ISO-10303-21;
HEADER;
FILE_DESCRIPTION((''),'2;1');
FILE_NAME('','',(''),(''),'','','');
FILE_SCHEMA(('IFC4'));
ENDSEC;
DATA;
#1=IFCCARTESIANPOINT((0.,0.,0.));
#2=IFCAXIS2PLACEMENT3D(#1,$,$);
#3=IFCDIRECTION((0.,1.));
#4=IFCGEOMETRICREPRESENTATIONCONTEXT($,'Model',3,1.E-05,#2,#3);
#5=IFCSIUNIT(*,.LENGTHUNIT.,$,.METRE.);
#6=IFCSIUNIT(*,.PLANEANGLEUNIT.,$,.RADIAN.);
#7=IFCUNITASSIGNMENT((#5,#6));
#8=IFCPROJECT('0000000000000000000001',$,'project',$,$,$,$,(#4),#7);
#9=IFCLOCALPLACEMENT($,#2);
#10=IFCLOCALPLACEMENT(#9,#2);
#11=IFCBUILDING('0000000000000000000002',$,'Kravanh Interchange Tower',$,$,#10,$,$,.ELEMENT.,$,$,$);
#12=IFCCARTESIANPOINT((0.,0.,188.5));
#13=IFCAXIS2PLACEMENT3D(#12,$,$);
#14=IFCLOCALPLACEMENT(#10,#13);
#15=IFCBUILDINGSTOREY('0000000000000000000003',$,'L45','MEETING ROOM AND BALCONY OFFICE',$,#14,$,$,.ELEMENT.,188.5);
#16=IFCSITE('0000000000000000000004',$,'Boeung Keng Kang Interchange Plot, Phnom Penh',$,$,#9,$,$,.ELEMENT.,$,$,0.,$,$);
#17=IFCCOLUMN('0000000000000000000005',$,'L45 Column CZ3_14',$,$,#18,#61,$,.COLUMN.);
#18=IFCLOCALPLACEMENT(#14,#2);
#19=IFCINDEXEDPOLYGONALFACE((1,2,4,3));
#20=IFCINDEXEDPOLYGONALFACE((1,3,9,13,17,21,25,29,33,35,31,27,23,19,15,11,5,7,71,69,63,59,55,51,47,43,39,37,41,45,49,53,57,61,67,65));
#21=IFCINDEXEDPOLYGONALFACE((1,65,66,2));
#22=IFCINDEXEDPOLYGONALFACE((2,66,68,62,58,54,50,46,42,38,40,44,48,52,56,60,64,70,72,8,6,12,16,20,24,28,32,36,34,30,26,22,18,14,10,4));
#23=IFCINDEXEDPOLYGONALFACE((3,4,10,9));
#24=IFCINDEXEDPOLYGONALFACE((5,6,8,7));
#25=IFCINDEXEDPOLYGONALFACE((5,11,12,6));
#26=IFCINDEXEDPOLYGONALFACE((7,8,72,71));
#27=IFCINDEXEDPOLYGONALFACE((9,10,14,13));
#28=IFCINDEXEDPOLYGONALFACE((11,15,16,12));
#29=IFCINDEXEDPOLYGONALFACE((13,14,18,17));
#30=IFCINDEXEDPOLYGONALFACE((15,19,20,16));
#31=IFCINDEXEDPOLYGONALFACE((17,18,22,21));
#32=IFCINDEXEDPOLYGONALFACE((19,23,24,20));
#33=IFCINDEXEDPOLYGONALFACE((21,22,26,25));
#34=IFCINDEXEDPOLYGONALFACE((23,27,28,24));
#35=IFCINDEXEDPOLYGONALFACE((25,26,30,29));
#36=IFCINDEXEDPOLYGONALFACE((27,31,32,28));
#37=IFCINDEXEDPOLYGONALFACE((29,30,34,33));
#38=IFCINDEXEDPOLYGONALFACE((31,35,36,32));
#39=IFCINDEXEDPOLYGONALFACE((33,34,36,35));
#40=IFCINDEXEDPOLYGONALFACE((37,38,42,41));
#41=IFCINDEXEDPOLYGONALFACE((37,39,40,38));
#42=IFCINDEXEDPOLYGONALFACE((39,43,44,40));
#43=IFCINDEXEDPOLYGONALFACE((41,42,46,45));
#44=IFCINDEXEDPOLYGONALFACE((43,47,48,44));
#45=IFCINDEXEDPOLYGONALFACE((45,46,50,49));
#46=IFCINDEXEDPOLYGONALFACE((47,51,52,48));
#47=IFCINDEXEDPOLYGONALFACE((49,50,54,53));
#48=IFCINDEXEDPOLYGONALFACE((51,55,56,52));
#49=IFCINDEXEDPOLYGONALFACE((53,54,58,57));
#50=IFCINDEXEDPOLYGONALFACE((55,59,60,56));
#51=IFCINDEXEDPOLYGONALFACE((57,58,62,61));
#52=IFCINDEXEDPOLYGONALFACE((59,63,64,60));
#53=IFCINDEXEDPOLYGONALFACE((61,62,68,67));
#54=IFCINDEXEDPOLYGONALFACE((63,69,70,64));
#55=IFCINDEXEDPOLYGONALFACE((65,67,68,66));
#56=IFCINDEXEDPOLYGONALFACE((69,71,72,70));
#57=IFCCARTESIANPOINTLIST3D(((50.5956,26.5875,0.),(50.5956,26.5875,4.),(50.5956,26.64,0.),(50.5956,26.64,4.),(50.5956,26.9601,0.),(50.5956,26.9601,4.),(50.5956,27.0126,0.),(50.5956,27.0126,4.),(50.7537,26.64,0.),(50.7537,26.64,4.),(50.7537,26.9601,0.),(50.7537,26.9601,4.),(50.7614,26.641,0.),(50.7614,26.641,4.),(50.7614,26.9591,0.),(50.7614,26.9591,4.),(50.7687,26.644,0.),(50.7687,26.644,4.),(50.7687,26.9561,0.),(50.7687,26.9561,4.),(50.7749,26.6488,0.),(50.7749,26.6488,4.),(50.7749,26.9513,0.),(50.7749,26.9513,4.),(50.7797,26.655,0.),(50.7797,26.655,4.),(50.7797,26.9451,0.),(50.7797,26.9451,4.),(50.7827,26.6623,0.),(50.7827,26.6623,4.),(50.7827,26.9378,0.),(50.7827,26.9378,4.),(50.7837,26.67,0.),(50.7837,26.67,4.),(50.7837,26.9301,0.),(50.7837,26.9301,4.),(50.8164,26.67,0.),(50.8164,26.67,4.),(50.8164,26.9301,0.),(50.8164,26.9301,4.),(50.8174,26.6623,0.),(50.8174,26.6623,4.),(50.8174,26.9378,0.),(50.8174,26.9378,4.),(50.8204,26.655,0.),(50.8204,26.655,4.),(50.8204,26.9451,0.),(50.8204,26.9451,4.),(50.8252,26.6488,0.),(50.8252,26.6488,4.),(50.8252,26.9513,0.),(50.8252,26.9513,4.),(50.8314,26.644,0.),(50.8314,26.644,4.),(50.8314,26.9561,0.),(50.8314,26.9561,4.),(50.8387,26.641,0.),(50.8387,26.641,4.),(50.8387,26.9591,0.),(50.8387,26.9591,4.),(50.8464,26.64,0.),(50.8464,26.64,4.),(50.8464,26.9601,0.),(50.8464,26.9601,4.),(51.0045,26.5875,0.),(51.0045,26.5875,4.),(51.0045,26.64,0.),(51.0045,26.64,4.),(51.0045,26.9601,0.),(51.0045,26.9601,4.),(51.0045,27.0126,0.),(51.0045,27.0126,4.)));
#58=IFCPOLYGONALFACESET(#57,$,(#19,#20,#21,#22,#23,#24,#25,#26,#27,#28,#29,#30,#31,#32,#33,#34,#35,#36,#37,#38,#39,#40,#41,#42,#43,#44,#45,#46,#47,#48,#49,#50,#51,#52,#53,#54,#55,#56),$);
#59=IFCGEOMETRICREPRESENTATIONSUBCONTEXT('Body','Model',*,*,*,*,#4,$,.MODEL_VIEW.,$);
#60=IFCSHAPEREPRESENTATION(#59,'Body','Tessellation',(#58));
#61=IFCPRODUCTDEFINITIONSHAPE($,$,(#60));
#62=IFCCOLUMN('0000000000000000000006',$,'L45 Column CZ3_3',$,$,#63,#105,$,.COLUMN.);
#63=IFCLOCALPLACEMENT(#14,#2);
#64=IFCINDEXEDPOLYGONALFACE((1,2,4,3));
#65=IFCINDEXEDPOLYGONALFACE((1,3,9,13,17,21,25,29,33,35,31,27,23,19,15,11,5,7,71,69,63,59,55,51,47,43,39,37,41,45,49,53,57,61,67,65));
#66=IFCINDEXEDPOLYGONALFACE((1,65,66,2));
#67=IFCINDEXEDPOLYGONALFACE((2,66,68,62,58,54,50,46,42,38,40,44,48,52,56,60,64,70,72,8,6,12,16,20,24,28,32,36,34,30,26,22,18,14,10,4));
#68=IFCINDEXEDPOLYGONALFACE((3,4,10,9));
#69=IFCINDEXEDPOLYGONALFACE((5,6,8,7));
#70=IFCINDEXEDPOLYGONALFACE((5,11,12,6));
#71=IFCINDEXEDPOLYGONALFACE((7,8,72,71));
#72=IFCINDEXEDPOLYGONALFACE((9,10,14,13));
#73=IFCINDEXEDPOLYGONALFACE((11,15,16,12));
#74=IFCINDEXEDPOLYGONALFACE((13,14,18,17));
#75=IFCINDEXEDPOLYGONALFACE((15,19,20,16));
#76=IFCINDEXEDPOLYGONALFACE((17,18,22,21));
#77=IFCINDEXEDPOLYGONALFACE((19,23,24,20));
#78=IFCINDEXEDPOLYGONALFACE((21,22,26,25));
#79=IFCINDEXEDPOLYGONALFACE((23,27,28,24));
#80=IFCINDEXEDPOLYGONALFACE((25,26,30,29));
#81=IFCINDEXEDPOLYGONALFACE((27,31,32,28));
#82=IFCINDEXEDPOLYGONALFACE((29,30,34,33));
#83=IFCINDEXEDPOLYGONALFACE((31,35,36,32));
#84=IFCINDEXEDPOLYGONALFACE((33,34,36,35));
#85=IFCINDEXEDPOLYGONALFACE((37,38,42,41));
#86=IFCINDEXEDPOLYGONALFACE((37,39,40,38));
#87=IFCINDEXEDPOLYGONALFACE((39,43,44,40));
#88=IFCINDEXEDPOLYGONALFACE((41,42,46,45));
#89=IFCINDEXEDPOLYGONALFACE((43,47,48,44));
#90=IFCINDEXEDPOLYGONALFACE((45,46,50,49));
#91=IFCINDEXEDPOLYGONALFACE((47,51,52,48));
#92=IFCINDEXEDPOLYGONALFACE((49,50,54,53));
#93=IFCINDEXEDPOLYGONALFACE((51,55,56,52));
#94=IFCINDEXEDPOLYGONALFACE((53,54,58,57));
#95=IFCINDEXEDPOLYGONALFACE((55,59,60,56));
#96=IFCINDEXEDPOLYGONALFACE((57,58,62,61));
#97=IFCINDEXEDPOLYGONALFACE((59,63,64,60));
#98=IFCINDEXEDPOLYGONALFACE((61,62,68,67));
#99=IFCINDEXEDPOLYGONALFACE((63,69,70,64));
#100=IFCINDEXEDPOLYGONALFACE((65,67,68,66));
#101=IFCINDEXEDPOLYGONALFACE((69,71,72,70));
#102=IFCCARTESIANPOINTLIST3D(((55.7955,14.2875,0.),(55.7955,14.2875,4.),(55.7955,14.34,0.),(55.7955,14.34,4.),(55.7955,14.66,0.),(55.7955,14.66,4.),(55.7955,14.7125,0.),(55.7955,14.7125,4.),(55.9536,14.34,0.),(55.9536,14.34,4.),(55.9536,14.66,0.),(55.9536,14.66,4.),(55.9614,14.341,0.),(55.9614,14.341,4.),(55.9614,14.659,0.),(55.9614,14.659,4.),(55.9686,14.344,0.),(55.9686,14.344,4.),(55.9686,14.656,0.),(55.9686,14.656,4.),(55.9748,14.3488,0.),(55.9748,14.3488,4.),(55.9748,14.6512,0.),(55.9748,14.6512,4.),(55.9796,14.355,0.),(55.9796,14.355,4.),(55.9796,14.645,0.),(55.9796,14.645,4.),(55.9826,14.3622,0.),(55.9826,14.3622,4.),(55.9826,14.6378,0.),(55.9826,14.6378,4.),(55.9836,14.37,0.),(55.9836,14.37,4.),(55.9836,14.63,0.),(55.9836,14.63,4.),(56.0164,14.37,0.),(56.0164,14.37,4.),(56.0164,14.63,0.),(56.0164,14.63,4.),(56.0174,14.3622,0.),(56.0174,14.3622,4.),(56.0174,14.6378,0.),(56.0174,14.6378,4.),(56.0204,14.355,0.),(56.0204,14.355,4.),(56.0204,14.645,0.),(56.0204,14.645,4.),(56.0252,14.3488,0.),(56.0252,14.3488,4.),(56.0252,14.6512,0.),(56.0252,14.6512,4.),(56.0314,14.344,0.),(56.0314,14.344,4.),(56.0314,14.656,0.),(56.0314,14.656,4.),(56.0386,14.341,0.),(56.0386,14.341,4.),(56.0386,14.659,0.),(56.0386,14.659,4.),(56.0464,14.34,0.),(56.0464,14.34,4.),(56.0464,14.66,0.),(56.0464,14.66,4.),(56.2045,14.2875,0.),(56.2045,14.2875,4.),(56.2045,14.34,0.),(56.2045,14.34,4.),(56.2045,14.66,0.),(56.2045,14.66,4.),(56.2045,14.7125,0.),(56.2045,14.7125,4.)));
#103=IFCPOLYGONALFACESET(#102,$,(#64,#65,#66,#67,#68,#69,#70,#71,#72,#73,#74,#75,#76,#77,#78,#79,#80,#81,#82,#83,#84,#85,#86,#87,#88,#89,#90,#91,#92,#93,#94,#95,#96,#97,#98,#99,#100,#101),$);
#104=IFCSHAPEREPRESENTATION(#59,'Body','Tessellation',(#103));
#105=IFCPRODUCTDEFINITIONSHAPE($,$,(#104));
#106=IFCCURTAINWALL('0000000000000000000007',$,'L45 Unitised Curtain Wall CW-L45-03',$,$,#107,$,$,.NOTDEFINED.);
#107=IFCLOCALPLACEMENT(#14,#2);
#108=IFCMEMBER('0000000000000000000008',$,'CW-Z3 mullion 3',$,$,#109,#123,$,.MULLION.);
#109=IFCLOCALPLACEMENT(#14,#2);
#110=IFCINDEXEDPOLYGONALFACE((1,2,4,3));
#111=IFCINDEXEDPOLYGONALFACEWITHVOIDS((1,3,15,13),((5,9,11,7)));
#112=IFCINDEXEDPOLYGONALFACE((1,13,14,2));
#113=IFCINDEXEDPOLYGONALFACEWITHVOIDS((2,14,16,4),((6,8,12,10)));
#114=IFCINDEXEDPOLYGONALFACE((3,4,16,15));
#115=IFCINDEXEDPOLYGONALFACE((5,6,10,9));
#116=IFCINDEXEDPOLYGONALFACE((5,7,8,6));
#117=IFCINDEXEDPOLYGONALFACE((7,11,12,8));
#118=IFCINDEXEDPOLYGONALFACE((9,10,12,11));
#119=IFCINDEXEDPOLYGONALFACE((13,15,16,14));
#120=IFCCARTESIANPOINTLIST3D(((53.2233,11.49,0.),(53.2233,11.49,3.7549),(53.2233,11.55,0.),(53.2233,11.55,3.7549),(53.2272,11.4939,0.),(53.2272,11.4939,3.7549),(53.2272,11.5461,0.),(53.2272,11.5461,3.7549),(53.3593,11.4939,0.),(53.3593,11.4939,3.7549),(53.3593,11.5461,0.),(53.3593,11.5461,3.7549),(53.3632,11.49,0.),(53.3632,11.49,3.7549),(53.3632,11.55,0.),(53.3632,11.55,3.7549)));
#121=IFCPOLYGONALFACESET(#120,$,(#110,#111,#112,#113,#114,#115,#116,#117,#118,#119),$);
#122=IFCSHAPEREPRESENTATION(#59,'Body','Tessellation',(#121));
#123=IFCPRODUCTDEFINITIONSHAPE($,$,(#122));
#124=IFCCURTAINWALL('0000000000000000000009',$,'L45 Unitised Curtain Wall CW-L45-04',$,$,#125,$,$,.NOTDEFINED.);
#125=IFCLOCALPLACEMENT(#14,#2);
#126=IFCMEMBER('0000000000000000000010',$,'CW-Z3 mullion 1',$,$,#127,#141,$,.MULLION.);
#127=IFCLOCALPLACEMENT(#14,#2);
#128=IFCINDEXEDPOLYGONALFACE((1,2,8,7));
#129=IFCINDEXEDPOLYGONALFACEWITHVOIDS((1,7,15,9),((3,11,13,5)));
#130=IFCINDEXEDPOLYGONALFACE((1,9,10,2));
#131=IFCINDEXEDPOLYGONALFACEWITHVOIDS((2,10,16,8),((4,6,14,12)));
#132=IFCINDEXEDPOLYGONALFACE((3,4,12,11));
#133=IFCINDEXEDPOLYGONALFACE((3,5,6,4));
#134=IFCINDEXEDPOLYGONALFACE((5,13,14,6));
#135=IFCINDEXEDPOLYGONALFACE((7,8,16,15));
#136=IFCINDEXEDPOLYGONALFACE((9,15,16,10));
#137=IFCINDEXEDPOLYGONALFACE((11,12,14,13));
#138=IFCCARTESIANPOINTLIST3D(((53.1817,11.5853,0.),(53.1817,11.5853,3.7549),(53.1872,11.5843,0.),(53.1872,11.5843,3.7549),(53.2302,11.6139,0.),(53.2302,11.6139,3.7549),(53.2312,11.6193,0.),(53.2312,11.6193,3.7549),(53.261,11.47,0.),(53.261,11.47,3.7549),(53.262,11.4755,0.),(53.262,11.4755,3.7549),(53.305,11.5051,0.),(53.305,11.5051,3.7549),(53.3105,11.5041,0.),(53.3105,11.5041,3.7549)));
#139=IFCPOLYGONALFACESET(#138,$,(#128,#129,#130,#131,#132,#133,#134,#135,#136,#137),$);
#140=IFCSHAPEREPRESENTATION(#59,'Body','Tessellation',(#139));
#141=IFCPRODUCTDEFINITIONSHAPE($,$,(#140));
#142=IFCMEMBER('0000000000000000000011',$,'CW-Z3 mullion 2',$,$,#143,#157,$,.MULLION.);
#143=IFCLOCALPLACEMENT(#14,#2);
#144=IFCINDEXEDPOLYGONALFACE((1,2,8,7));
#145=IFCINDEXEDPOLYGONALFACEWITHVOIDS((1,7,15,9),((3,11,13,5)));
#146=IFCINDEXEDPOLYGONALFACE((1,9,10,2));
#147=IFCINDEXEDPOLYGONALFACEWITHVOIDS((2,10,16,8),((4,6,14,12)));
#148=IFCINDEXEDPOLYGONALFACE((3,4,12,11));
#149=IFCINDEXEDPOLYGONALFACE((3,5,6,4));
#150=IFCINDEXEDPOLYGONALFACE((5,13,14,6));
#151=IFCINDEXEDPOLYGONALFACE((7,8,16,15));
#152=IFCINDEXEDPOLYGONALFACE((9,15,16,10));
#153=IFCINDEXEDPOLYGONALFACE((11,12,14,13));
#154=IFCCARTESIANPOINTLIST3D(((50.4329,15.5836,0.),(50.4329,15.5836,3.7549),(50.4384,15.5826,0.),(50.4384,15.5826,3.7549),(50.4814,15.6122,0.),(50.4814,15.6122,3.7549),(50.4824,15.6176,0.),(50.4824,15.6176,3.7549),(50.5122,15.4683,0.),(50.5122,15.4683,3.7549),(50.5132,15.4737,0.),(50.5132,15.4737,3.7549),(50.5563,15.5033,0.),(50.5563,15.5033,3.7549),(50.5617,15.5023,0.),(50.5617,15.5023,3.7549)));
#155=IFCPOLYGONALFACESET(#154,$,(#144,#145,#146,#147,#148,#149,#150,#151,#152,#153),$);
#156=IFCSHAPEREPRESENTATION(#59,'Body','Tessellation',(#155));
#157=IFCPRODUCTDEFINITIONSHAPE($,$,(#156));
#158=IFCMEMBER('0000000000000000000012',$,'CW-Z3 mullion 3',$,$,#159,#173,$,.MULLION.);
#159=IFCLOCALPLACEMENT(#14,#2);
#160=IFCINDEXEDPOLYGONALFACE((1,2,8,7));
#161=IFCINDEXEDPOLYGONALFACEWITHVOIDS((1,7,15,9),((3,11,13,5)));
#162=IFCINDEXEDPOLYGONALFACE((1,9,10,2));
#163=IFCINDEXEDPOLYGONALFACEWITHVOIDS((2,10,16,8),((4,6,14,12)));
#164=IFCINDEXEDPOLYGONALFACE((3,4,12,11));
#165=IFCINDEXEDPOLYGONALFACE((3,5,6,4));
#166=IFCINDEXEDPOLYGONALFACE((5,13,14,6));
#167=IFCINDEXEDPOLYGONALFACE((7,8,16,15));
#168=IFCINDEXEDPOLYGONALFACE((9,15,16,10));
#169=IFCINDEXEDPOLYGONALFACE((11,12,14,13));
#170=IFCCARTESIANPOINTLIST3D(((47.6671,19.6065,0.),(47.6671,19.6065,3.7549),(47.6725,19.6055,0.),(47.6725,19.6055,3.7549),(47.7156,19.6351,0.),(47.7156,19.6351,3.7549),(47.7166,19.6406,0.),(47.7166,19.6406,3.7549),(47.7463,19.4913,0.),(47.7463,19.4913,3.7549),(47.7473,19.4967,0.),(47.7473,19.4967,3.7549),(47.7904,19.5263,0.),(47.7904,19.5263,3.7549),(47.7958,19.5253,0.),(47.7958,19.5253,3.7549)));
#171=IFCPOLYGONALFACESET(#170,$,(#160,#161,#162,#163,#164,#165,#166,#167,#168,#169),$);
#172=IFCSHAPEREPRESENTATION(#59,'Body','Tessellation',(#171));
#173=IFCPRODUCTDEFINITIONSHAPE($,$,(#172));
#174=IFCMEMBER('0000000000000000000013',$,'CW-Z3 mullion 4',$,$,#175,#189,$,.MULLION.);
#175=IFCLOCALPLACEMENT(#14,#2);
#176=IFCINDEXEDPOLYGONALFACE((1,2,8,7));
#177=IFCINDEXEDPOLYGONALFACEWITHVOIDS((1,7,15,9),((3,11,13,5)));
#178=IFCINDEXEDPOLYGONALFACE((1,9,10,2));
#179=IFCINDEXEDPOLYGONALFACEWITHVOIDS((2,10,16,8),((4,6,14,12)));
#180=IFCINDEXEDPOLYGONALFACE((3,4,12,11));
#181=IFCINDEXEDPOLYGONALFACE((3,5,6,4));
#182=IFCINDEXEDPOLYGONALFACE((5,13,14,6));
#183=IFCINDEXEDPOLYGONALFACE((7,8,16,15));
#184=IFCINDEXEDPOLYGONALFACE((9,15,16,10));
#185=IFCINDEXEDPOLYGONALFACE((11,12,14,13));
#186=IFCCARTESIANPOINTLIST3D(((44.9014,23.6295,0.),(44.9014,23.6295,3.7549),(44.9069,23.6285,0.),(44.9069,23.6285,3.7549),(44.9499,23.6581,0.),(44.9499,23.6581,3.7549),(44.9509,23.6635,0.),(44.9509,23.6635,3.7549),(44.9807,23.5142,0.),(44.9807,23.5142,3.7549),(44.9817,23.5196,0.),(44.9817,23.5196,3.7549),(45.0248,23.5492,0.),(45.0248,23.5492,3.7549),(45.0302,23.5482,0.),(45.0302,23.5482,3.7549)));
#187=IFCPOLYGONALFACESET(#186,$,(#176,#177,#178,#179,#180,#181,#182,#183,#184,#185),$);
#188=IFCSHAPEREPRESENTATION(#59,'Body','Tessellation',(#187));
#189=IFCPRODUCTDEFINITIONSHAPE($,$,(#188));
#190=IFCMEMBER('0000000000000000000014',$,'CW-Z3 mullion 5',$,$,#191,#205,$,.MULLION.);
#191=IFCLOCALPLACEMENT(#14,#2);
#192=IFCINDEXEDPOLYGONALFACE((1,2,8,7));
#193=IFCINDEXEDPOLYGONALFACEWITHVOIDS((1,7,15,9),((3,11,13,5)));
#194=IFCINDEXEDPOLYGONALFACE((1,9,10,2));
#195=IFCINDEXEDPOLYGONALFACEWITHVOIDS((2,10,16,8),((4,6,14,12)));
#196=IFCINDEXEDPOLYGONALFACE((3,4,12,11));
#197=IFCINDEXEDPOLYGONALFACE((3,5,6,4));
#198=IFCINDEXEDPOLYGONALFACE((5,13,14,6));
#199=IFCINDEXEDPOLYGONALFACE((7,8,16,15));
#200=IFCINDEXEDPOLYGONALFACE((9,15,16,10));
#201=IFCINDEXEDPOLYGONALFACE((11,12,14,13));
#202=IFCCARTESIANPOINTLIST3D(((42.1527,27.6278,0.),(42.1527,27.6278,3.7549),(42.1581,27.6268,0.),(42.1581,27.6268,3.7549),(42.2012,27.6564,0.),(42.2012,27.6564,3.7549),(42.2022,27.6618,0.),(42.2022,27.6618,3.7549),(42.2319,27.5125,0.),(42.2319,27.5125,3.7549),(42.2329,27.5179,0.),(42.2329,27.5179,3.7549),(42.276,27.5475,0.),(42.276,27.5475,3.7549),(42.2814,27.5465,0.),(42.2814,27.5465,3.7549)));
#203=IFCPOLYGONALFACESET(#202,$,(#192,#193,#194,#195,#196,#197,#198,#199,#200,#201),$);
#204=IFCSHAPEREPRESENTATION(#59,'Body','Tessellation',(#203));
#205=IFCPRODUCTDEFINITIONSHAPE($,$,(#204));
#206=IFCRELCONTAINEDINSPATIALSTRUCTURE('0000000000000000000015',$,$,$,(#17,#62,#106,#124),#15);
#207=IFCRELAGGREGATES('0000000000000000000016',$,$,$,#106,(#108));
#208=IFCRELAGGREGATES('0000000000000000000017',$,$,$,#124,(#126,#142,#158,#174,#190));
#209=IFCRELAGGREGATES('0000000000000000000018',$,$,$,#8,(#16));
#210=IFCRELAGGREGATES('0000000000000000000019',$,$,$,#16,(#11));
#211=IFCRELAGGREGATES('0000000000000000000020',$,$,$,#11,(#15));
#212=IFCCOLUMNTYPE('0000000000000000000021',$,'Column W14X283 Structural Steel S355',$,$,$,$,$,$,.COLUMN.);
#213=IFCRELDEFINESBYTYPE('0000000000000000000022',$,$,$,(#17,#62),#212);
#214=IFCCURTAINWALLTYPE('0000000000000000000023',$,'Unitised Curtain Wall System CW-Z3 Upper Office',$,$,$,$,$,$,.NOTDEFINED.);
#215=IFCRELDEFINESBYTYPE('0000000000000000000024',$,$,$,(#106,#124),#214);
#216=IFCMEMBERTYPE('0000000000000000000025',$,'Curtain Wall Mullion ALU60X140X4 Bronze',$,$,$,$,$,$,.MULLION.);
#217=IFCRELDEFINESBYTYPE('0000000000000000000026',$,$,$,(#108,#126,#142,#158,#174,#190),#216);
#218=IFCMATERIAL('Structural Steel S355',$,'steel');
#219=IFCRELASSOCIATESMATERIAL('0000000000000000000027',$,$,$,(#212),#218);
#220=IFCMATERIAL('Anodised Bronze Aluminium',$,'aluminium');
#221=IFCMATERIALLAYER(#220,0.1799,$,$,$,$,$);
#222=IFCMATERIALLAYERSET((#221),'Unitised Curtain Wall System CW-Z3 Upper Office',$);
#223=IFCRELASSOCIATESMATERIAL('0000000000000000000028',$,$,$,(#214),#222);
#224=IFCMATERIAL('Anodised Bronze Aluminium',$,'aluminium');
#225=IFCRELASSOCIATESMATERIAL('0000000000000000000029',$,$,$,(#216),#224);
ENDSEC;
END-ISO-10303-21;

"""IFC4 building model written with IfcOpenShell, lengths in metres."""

from ifc_helpers import new_model, si_unit, direction, frame, origin, origin_2d, place, context, subcontext, project, spatial, hollow_rectangle, i_section, extrude, material, layer, layer_set, material_profile, profile_set, type_object, element, aggregate, save


model = new_model("IFC4")

# Units and contexts
model_context = context("Model", 3, precision=1e-05, world=origin(), true_north=direction((0.0, 1.0)))
body_context = subcontext(model_context, "Body", "Model", "MODEL_VIEW")
ifc_project = project(units=[si_unit("LENGTHUNIT", "METRE"), si_unit("PLANEANGLEUNIT", "RADIAN")], contexts=[model_context])

# Site, building, storey
site_placement = place(None, origin())
site = spatial("IfcSite", under=ifc_project, at=site_placement, Name="Boeung Keng Kang Interchange Plot, Phnom Penh", CompositionType="ELEMENT", RefElevation=0.0)
building_placement = place(site_placement, origin())
building = spatial("IfcBuilding", under=site, at=building_placement, Name="Kravanh Interchange Tower", CompositionType="ELEMENT")
storey_placement = place(building_placement, frame((0.0, 0.0, 188.5)))
storey = spatial("IfcBuildingStorey", under=building, at=storey_placement, Name="L45", Description="MEETING ROOM AND BALCONY OFFICE", CompositionType="ELEMENT", Elevation=188.5)

# Columns
ifc_material_1 = material(Name="Structural Steel S355", Category="steel")
ifc_material_profile_1 = material_profile(ifc_material_1, i_section(OverallWidth=0.4089, OverallDepth=0.425, WebThickness=0.0327, FlangeThickness=0.0525, FilletRadius=0.03, at=origin_2d()), Name="W14X283")
ifc_profile_set_1 = profile_set([ifc_material_profile_1], Name="Structural Steel S355")
column_type = type_object("IfcColumnType", Name="Column W14X283 Structural Steel S355", PredefinedType="COLUMN", material=ifc_profile_set_1)
for number, where, z_axis, x_axis, name in (
    (1, (50.8, 26.8, 0.0), (0.0, 0.0, 1.0), (1.0, 0.0, 0.0), "L45 Column CZ3_14"),
    (2, (56.0, 14.5, 0.0), (0.0, 0.0, 1.0), (1.0, 0.0, 0.0), "L45 Column CZ3_3"),
):
    element("IfcColumn", number, at=place(storey_placement, frame(where, z_axis=z_axis, x_axis=x_axis)), inside=storey, type_object=column_type, Name=name, PredefinedType="COLUMN", context=body_context, shape_type="SweptSolid", body=[
        extrude(i_section(OverallWidth=0.4089, OverallDepth=0.425, WebThickness=0.0327, FlangeThickness=0.0525, FilletRadius=0.03, at=origin_2d()), origin(), (0.0, 0.0, 1.0), 4.0),
    ])

# Curtain wall, member
ifc_material_2 = material(Name="Anodised Bronze Aluminium", Category="aluminium")
ifc_layer_1 = layer(ifc_material_2, 0.1799)
ifc_layer_set_1 = layer_set([ifc_layer_1], Name="Unitised Curtain Wall System CW-Z3 Upper Office")
curtain_wall_type = type_object("IfcCurtainWallType", Name="Unitised Curtain Wall System CW-Z3 Upper Office", PredefinedType="NOTDEFINED", material=ifc_layer_set_1)
curtain_wall_1_placement = place(storey_placement, origin())
curtain_wall_1 = element("IfcCurtainWall", 3, at=curtain_wall_1_placement, inside=storey, type_object=curtain_wall_type, Name="L45 Unitised Curtain Wall CW-L45-03", PredefinedType="NOTDEFINED")
ifc_material_3 = material(Name="Anodised Bronze Aluminium", Category="aluminium")
ifc_material_profile_2 = material_profile(ifc_material_3, hollow_rectangle(XDim=0.0601, YDim=0.1399, WallThickness=0.0039, at=origin_2d()), Name="ALU60X140X4")
ifc_profile_set_2 = profile_set([ifc_material_profile_2], Name="Anodised Bronze Aluminium")
member_type_1 = type_object("IfcMemberType", Name="Curtain Wall Mullion ALU60X140X4 Bronze", PredefinedType="MULLION", material=ifc_profile_set_2)
member_1_placement = place(storey_placement, frame((53.2932, 11.52, 0.0), z_axis=(0.0, 0.0, 1.0), x_axis=(0.0, -1.0, 0.0)))
member_1 = element("IfcMember", 4, at=member_1_placement, type_object=member_type_1, Name="CW-Z3 mullion 3", PredefinedType="MULLION", context=body_context, shape_type="SweptSolid", body=[
    extrude(hollow_rectangle(XDim=0.0601, YDim=0.1399, WallThickness=0.0039, at=origin_2d()), origin(), (0.0, 0.0, 1.0), 3.7549),
])

# Curtain wall, members
curtain_wall_2_placement = place(storey_placement, origin())
curtain_wall_2 = element("IfcCurtainWall", 5, at=curtain_wall_2_placement, inside=storey, type_object=curtain_wall_type, Name="L45 Unitised Curtain Wall CW-L45-04", PredefinedType="NOTDEFINED")
member_2_placement = place(storey_placement, frame((53.2461, 11.5447, 0.0), z_axis=(0.0, 0.0, 1.0), x_axis=(-0.824042, -0.566528, 0.0)))
member_2 = element("IfcMember", 6, at=member_2_placement, type_object=member_type_1, Name="CW-Z3 mullion 1", PredefinedType="MULLION", context=body_context, shape_type="SweptSolid", body=[
    extrude(hollow_rectangle(XDim=0.0601, YDim=0.1399, WallThickness=0.0039, at=origin_2d()), origin(), (0.0, 0.0, 1.0), 3.7549),
])
member_3_placement = place(storey_placement, frame((50.4973, 15.543, 0.0), z_axis=(0.0, 0.0, 1.0), x_axis=(-0.824042, -0.566528, 0.0)))
member_3 = element("IfcMember", 7, at=member_3_placement, type_object=member_type_1, Name="CW-Z3 mullion 2", PredefinedType="MULLION", context=body_context, shape_type="SweptSolid", body=[
    extrude(hollow_rectangle(XDim=0.0601, YDim=0.1399, WallThickness=0.0039, at=origin_2d()), origin(), (0.0, 0.0, 1.0), 3.7549),
])
member_4_placement = place(storey_placement, frame((47.7314, 19.5659, 0.0), z_axis=(0.0, 0.0, 1.0), x_axis=(-0.824042, -0.566528, 0.0)))
member_4 = element("IfcMember", 8, at=member_4_placement, type_object=member_type_1, Name="CW-Z3 mullion 3", PredefinedType="MULLION", context=body_context, shape_type="SweptSolid", body=[
    extrude(hollow_rectangle(XDim=0.0601, YDim=0.1399, WallThickness=0.0039, at=origin_2d()), origin(), (0.0, 0.0, 1.0), 3.7549),
])
member_5_placement = place(storey_placement, frame((44.9658, 23.5889, 0.0), z_axis=(0.0, 0.0, 1.0), x_axis=(-0.824042, -0.566528, 0.0)))
member_5 = element("IfcMember", 9, at=member_5_placement, type_object=member_type_1, Name="CW-Z3 mullion 4", PredefinedType="MULLION", context=body_context, shape_type="SweptSolid", body=[
    extrude(hollow_rectangle(XDim=0.0601, YDim=0.1399, WallThickness=0.0039, at=origin_2d()), origin(), (0.0, 0.0, 1.0), 3.7549),
])
member_6_placement = place(storey_placement, frame((42.217, 27.5872, 0.0), z_axis=(0.0, 0.0, 1.0), x_axis=(-0.824042, -0.566528, 0.0)))
member_6 = element("IfcMember", 10, at=member_6_placement, type_object=member_type_1, Name="CW-Z3 mullion 5", PredefinedType="MULLION", context=body_context, shape_type="SweptSolid", body=[
    extrude(hollow_rectangle(XDim=0.0601, YDim=0.1399, WallThickness=0.0039, at=origin_2d()), origin(), (0.0, 0.0, 1.0), 3.7549),
])

aggregate(curtain_wall_1, [member_1])
aggregate(curtain_wall_2, [member_2, member_3, member_4, member_5, member_6])

save(model, "model.ifc")
